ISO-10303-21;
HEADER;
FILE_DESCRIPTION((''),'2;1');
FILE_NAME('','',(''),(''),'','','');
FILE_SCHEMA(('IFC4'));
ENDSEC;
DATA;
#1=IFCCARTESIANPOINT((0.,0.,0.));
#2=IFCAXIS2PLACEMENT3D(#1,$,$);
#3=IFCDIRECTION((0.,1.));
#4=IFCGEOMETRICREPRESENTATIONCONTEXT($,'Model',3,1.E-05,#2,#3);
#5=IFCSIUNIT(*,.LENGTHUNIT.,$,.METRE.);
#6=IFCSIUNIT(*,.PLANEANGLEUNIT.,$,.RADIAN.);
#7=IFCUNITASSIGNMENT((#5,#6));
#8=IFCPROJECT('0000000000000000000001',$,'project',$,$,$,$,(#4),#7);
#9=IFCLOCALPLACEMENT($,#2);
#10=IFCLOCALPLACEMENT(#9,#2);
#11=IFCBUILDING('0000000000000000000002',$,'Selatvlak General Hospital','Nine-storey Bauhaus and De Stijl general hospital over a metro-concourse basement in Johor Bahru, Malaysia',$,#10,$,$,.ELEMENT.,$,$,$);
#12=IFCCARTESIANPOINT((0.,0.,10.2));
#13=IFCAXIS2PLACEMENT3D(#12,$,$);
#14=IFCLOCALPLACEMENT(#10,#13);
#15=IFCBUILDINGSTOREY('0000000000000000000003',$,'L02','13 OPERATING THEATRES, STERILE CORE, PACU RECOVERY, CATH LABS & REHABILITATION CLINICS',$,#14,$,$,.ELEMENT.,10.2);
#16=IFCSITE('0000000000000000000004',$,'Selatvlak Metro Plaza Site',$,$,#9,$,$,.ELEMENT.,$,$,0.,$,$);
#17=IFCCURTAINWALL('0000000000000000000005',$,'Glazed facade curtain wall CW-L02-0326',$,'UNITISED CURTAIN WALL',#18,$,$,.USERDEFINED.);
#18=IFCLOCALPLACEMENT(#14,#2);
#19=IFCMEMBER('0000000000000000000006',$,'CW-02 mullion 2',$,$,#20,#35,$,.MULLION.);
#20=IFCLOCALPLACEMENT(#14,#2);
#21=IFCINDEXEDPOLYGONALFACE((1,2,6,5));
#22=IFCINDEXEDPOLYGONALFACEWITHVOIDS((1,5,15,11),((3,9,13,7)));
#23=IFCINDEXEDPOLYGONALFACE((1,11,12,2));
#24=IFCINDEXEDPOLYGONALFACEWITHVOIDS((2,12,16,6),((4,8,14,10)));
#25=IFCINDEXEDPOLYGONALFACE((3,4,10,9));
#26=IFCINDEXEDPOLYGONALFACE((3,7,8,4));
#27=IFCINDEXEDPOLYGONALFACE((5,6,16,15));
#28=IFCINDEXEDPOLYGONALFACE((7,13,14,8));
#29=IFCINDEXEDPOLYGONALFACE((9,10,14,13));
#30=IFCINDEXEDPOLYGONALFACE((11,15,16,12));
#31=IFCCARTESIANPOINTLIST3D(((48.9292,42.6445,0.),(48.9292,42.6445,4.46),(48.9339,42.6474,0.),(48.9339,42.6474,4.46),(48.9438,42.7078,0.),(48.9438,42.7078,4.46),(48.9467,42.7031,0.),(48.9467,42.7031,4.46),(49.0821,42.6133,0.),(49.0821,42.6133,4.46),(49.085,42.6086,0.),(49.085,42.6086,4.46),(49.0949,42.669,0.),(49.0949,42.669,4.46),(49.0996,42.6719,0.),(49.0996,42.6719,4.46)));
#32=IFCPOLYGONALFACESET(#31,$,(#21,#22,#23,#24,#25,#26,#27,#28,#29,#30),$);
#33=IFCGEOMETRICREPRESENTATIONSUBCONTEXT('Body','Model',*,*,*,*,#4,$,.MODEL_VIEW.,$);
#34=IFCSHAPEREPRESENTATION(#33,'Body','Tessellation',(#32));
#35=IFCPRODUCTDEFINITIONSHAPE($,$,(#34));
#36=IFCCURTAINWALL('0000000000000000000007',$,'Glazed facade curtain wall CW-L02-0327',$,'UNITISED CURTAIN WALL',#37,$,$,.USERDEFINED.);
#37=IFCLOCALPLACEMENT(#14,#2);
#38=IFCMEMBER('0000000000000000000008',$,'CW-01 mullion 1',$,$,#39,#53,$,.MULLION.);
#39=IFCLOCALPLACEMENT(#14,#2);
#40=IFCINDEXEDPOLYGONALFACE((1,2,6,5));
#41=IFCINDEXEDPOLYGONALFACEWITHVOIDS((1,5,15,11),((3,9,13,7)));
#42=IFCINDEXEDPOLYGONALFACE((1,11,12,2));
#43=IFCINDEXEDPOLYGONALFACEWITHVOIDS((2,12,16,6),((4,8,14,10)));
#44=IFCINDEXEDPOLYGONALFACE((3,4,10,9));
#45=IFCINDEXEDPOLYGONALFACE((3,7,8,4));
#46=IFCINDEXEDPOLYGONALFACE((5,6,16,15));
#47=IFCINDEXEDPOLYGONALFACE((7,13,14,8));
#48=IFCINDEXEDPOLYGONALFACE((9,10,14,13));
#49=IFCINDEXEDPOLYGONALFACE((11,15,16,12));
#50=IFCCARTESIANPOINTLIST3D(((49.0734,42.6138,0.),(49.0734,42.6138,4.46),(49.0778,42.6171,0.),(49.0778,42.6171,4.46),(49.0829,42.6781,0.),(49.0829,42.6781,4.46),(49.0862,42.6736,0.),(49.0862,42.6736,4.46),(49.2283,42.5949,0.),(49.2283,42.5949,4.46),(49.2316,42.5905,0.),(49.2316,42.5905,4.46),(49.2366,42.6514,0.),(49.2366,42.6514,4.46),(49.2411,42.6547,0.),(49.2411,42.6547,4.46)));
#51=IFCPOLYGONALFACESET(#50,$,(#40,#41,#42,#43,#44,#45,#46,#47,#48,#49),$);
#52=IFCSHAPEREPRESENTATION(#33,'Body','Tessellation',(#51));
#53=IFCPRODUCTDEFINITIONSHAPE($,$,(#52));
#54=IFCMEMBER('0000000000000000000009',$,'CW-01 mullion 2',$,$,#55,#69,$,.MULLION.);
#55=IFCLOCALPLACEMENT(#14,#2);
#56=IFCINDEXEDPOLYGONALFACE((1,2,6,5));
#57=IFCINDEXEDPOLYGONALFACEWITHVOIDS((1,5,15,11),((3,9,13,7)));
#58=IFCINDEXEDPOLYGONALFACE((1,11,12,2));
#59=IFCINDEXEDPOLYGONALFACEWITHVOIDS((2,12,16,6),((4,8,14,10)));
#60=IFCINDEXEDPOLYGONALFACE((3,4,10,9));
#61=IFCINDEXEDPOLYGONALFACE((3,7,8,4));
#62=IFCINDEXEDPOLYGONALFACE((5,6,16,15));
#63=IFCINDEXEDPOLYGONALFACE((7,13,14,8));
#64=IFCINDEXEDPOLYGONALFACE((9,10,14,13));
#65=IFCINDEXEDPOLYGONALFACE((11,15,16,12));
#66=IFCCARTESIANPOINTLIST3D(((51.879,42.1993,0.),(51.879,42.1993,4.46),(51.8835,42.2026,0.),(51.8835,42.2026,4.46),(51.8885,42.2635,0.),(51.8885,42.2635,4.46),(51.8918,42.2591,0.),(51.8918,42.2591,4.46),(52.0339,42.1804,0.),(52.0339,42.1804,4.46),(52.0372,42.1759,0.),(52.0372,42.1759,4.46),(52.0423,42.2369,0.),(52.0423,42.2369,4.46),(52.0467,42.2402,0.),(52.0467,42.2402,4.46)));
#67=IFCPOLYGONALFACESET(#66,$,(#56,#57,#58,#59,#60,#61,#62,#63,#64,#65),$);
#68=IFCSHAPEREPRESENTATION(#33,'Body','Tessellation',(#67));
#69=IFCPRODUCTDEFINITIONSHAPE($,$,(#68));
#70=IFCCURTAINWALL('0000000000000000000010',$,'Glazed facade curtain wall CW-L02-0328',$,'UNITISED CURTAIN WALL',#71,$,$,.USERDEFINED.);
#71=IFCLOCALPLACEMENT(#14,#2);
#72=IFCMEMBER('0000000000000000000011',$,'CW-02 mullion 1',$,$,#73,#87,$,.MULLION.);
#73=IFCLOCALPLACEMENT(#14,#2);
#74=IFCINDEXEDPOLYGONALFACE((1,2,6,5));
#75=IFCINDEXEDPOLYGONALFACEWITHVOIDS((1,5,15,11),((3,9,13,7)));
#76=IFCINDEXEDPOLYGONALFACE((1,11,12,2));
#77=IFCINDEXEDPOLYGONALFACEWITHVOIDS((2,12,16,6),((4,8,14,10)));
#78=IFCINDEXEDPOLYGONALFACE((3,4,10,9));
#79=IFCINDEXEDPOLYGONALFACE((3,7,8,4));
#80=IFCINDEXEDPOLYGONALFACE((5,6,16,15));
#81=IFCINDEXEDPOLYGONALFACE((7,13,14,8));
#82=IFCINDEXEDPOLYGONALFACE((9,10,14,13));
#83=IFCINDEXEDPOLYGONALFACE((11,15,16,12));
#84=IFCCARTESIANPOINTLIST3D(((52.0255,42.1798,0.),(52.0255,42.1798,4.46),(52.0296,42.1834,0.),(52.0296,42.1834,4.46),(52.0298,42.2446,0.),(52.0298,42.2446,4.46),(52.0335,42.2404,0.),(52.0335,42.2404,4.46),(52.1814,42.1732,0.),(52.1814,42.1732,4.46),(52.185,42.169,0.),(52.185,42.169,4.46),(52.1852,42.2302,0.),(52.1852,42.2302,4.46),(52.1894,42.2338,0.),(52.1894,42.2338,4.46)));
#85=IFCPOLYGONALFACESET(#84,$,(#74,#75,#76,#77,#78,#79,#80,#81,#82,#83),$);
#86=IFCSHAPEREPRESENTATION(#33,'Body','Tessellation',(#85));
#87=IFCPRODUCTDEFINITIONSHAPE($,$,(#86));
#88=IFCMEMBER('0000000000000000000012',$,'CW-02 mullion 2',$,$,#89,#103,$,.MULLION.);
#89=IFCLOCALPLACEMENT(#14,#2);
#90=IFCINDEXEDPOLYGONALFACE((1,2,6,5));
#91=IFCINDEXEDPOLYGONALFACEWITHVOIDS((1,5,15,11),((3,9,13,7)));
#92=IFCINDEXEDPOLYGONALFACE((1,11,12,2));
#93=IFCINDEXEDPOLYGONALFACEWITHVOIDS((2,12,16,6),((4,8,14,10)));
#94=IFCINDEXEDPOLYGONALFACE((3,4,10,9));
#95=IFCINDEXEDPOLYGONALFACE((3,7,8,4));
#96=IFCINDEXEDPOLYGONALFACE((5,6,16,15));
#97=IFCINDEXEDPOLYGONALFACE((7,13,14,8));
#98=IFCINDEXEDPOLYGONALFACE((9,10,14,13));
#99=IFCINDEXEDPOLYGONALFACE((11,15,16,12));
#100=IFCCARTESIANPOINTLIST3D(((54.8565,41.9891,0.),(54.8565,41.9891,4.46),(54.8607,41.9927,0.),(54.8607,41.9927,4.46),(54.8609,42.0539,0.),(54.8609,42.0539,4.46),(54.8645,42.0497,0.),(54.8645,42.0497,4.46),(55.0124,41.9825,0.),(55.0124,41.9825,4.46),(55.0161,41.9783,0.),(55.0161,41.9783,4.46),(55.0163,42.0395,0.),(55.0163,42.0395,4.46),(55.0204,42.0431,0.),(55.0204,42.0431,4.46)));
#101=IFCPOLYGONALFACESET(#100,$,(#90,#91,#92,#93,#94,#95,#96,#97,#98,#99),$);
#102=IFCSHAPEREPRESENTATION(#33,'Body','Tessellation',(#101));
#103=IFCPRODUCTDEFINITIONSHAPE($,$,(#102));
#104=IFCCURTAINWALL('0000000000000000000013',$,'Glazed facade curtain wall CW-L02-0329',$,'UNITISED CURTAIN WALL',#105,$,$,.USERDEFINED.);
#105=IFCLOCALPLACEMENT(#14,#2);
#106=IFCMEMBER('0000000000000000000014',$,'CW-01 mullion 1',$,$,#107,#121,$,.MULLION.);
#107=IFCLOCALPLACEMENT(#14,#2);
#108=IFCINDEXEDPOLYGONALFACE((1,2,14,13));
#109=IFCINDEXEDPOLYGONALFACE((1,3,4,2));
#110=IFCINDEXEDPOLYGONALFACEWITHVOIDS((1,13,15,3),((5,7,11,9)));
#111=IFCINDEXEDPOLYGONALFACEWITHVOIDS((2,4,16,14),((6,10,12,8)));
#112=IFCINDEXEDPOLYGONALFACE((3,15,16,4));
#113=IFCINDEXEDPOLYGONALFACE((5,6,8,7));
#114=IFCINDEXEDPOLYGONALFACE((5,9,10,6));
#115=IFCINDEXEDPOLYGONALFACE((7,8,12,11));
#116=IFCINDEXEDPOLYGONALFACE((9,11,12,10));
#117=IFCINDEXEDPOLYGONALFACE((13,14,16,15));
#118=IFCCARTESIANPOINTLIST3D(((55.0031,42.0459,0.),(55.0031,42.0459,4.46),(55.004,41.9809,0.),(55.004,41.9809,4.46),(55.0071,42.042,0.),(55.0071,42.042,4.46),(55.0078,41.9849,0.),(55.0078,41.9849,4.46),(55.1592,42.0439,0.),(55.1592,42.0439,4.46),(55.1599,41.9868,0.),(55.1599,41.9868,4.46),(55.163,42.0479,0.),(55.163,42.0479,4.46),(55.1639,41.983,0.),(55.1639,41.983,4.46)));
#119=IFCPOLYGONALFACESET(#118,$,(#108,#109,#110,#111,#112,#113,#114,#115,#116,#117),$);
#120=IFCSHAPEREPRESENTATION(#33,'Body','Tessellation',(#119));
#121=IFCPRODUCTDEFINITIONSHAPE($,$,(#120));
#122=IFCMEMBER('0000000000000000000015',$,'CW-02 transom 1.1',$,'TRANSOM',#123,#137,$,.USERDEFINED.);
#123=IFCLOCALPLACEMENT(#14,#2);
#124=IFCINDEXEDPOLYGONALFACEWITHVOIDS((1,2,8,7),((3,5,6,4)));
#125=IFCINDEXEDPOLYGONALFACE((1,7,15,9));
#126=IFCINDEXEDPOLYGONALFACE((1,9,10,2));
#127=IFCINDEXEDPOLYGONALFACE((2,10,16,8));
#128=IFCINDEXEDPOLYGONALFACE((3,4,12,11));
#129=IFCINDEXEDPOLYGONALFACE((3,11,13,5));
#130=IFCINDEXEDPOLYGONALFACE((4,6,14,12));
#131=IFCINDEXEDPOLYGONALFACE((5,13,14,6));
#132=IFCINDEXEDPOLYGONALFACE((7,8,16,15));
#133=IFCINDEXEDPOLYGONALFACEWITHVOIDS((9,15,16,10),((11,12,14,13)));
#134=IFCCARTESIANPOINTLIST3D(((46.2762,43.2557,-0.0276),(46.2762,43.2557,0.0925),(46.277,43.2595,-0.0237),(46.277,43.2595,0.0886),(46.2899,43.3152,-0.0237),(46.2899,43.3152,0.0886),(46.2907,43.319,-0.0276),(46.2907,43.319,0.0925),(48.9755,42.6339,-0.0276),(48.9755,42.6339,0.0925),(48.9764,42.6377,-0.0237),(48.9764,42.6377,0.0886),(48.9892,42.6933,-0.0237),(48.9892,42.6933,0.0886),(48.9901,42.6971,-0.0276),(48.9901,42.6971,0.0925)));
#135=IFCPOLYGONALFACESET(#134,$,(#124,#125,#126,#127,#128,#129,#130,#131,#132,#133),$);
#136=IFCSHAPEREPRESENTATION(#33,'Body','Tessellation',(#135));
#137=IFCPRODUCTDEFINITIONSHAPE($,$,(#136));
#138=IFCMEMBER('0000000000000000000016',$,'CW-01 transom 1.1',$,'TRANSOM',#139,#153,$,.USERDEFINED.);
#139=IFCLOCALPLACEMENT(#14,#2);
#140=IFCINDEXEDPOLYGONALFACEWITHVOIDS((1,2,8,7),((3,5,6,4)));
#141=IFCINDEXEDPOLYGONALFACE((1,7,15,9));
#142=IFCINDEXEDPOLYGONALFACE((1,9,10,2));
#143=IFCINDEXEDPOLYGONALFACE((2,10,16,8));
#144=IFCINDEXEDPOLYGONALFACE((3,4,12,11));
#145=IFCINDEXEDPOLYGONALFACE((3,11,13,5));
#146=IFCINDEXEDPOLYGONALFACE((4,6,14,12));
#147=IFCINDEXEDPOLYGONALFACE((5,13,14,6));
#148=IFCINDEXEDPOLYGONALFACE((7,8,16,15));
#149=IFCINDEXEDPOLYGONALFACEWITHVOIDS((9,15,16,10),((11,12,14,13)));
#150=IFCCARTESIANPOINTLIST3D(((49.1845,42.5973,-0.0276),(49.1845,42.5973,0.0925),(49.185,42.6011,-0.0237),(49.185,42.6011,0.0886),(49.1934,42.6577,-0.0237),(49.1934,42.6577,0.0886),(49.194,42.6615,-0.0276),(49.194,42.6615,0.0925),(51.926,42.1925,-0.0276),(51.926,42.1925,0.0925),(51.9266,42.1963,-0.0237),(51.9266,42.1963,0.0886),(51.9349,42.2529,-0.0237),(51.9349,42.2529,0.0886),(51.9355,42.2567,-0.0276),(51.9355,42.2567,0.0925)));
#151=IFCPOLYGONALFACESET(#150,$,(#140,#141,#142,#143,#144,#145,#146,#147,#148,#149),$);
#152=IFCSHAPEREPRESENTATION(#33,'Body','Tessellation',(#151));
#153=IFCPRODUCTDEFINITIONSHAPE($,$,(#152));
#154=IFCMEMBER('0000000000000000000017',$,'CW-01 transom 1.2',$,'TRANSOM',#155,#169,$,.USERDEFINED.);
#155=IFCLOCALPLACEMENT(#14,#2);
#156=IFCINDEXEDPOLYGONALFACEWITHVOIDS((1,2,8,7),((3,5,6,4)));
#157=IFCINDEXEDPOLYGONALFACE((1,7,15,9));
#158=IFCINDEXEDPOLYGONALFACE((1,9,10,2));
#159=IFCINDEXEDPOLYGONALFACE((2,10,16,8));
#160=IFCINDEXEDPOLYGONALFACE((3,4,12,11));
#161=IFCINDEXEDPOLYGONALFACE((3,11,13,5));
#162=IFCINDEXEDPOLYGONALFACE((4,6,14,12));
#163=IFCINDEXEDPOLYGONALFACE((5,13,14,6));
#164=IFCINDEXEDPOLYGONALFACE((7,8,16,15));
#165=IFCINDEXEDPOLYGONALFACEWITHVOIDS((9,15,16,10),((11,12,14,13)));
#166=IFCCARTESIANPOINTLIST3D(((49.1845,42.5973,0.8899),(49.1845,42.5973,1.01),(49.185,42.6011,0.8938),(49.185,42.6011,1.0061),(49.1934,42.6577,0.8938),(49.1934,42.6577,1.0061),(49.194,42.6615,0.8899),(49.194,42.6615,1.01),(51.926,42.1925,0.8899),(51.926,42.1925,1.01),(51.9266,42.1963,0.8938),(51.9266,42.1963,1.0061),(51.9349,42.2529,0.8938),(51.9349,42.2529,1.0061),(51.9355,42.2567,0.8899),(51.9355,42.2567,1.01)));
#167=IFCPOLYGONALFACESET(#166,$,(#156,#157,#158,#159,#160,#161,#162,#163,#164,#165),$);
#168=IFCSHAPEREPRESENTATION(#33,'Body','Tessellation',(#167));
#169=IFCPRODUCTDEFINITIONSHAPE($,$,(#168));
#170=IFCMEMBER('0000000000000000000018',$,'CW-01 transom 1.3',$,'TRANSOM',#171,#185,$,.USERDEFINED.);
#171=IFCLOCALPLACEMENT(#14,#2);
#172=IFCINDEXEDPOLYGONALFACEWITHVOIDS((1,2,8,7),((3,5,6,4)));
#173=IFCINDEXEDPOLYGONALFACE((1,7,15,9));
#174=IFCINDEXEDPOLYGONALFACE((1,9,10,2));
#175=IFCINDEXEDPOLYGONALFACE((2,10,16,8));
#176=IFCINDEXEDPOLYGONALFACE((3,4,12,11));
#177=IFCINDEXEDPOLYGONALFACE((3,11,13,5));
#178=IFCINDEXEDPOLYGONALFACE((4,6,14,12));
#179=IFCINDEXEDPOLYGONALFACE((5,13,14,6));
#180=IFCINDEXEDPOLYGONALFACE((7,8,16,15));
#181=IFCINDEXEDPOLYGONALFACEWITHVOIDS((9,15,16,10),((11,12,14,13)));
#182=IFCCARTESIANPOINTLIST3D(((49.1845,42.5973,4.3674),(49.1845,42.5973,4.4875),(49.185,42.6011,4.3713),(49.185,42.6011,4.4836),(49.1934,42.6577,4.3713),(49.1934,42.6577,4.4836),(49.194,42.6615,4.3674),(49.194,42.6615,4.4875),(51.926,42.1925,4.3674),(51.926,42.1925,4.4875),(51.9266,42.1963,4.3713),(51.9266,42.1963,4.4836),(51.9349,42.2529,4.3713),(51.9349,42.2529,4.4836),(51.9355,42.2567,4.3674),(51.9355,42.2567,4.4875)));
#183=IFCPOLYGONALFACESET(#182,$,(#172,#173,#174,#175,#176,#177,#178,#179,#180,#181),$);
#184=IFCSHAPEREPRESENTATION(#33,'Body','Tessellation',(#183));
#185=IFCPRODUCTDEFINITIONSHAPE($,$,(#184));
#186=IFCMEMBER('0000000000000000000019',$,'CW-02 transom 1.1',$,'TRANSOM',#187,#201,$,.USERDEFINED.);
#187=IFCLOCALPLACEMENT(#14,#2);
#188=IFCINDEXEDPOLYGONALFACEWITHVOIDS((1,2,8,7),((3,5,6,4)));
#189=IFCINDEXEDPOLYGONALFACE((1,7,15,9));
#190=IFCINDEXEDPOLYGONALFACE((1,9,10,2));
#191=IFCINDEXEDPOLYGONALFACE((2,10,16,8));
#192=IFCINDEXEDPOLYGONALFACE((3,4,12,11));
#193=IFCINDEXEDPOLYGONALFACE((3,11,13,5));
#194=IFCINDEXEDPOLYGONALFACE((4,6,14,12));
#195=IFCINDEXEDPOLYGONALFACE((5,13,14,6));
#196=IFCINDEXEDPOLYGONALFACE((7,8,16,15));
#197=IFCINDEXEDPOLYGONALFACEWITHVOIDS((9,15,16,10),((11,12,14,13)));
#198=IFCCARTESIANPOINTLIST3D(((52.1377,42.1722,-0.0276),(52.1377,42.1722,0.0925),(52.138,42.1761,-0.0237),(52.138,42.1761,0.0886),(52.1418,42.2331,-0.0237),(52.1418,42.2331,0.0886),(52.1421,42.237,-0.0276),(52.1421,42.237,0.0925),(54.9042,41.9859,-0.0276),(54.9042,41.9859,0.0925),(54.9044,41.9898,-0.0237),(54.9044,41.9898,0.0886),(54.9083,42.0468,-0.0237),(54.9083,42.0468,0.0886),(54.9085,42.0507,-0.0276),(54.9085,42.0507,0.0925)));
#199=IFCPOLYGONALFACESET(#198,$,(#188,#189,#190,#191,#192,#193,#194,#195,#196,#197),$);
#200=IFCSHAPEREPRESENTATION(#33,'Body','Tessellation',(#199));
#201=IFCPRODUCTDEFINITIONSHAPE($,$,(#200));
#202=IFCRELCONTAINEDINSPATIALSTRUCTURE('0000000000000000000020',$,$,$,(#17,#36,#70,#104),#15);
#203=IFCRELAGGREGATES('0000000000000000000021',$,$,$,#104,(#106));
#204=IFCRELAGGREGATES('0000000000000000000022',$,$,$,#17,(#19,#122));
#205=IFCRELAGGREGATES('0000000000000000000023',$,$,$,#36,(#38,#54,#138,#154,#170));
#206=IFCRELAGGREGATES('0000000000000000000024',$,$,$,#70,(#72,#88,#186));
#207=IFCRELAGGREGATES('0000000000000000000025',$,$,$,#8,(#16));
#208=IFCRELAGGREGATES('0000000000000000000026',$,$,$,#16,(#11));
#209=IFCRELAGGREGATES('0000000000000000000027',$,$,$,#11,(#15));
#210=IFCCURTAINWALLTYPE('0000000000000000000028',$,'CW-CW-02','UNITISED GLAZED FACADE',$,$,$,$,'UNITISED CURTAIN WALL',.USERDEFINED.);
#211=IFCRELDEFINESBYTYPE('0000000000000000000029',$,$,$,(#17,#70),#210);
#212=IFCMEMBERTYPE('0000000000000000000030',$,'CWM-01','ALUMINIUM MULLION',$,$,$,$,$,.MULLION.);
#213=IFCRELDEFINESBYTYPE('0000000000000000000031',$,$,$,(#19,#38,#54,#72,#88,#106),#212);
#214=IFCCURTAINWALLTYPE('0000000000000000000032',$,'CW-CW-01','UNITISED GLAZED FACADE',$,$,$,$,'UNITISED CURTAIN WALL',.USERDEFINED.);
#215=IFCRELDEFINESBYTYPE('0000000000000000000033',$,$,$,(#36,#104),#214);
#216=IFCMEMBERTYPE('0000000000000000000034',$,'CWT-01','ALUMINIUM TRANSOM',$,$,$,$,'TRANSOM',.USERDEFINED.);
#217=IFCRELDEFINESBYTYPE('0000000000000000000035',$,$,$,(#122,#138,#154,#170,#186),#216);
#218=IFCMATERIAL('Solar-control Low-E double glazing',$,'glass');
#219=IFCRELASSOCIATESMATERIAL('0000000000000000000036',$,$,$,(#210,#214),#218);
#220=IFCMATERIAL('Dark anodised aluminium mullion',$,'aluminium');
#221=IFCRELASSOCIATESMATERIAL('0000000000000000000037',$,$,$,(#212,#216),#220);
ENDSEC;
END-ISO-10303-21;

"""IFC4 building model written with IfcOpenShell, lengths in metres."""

from ifc_helpers import new_model, si_unit, direction, frame, origin, origin_2d, place, context, subcontext, project, spatial, hollow_rectangle, extrude, material, material_profile, profile_set, type_object, element, aggregate, save


model = new_model("IFC4")

# Units and contexts
model_context = context("Model", 3, precision=1e-05, world=origin(), true_north=direction((0.0, 1.0)))
body_context = subcontext(model_context, "Body", "Model", "MODEL_VIEW")
ifc_project = project(units=[si_unit("LENGTHUNIT", "METRE"), si_unit("PLANEANGLEUNIT", "RADIAN")], contexts=[model_context])

# Site, building, storey
site_placement = place(None, origin())
site = spatial("IfcSite", under=ifc_project, at=site_placement, Name="Selatvlak Metro Plaza Site", CompositionType="ELEMENT", RefElevation=0.0)
building_placement = place(site_placement, origin())
building = spatial("IfcBuilding", under=site, at=building_placement, Name="Selatvlak General Hospital", Description="Nine-storey Bauhaus and De Stijl general hospital over a metro-concourse basement in Johor Bahru, Malaysia", CompositionType="ELEMENT")
storey_placement = place(building_placement, frame((0.0, 0.0, 10.2)))
storey = spatial("IfcBuildingStorey", under=building, at=storey_placement, Name="L02", Description="13 OPERATING THEATRES, STERILE CORE, PACU RECOVERY, CATH LABS & REHABILITATION CLINICS", CompositionType="ELEMENT", Elevation=10.2)

# Curtain wall, member
ifc_material_1 = material(Name="Solar-control Low-E double glazing", Category="glass")
curtain_wall_type_1 = type_object("IfcCurtainWallType", Name="CW-CW-02", Description="UNITISED GLAZED FACADE", ElementType="UNITISED CURTAIN WALL", PredefinedType="USERDEFINED", material=ifc_material_1)
curtain_wall_1_placement = place(storey_placement, origin())
curtain_wall_1 = element("IfcCurtainWall", 1, at=curtain_wall_1_placement, inside=storey, type_object=curtain_wall_type_1, Name="Glazed facade curtain wall CW-L02-0326", ObjectType="UNITISED CURTAIN WALL", PredefinedType="USERDEFINED")
ifc_material_2 = material(Name="Dark anodised aluminium mullion", Category="aluminium")
ifc_material_profile_1 = material_profile(ifc_material_2, hollow_rectangle(XDim=0.0649, YDim=0.1599, WallThickness=0.0039, at=origin_2d()), Name="AL-MUL 65x160x4")
ifc_profile_set_1 = profile_set([ifc_material_profile_1], Name="Dark anodised aluminium mullion")
member_type_1 = type_object("IfcMemberType", Name="CWM-01", Description="ALUMINIUM MULLION", PredefinedType="MULLION", material=ifc_profile_set_1)
member_1_placement = place(storey_placement, frame((49.0144, 42.6582, 0.0), z_axis=(0.0, 0.0, 1.0), x_axis=(0.224482, 0.974478, 0.0)))
member_1 = element("IfcMember", 2, at=member_1_placement, type_object=member_type_1, Name="CW-02 mullion 2", PredefinedType="MULLION", context=body_context, shape_type="SweptSolid", body=[
    extrude(hollow_rectangle(XDim=0.0649, YDim=0.1599, WallThickness=0.0039, at=origin_2d()), origin(), (0.0, 0.0, 1.0), 4.46),
])

# Curtain walls, members
curtain_wall_type_2 = type_object("IfcCurtainWallType", Name="CW-CW-01", Description="UNITISED GLAZED FACADE", ElementType="UNITISED CURTAIN WALL", PredefinedType="USERDEFINED", material=ifc_material_1)
curtain_wall_2_placement = place(storey_placement, origin())
curtain_wall_2 = element("IfcCurtainWall", 3, at=curtain_wall_2_placement, inside=storey, type_object=curtain_wall_type_2, Name="Glazed facade curtain wall CW-L02-0327", ObjectType="UNITISED CURTAIN WALL", PredefinedType="USERDEFINED")
member_2_placement = place(storey_placement, frame((49.1572, 42.6343, 0.0), z_axis=(0.0, 0.0, 1.0), x_axis=(0.146149, 0.989263, 0.0)))
member_2 = element("IfcMember", 4, at=member_2_placement, type_object=member_type_1, Name="CW-01 mullion 1", PredefinedType="MULLION", context=body_context, shape_type="SweptSolid", body=[
    extrude(hollow_rectangle(XDim=0.0649, YDim=0.1599, WallThickness=0.0039, at=origin_2d()), origin(), (0.0, 0.0, 1.0), 4.46),
])
member_3_placement = place(storey_placement, frame((51.9629, 42.2197, 0.0), z_axis=(0.0, 0.0, 1.0), x_axis=(0.146149, 0.989263, 0.0)))
member_3 = element("IfcMember", 5, at=member_3_placement, type_object=member_type_1, Name="CW-01 mullion 2", PredefinedType="MULLION", context=body_context, shape_type="SweptSolid", body=[
    extrude(hollow_rectangle(XDim=0.0649, YDim=0.1599, WallThickness=0.0039, at=origin_2d()), origin(), (0.0, 0.0, 1.0), 4.46),
])
curtain_wall_3_placement = place(storey_placement, origin())
curtain_wall_3 = element("IfcCurtainWall", 6, at=curtain_wall_3_placement, inside=storey, type_object=curtain_wall_type_1, Name="Glazed facade curtain wall CW-L02-0328", ObjectType="UNITISED CURTAIN WALL", PredefinedType="USERDEFINED")
member_4_placement = place(storey_placement, frame((52.1074, 42.2068, 0.0), z_axis=(0.0, 0.0, 1.0), x_axis=(0.067182, 0.997741, 0.0)))
member_4 = element("IfcMember", 7, at=member_4_placement, type_object=member_type_1, Name="CW-02 mullion 1", PredefinedType="MULLION", context=body_context, shape_type="SweptSolid", body=[
    extrude(hollow_rectangle(XDim=0.0649, YDim=0.1599, WallThickness=0.0039, at=origin_2d()), origin(), (0.0, 0.0, 1.0), 4.46),
])
member_5_placement = place(storey_placement, frame((54.9385, 42.0161, 0.0), z_axis=(0.0, 0.0, 1.0), x_axis=(0.067182, 0.997741, 0.0)))
member_5 = element("IfcMember", 8, at=member_5_placement, type_object=member_type_1, Name="CW-02 mullion 2", PredefinedType="MULLION", context=body_context, shape_type="SweptSolid", body=[
    extrude(hollow_rectangle(XDim=0.0649, YDim=0.1599, WallThickness=0.0039, at=origin_2d()), origin(), (0.0, 0.0, 1.0), 4.46),
])

# Curtain wall, member
curtain_wall_4_placement = place(storey_placement, origin())
curtain_wall_4 = element("IfcCurtainWall", 9, at=curtain_wall_4_placement, inside=storey, type_object=curtain_wall_type_2, Name="Glazed facade curtain wall CW-L02-0329", ObjectType="UNITISED CURTAIN WALL", PredefinedType="USERDEFINED")
member_6_placement = place(storey_placement, frame((55.0835, 42.0144, 0.0), z_axis=(0.0, 0.0, 1.0), x_axis=(-0.012762, 0.999919, 0.0)))
member_6 = element("IfcMember", 10, at=member_6_placement, type_object=member_type_1, Name="CW-01 mullion 1", PredefinedType="MULLION", context=body_context, shape_type="SweptSolid", body=[
    extrude(hollow_rectangle(XDim=0.0649, YDim=0.1599, WallThickness=0.0039, at=origin_2d()), origin(), (0.0, 0.0, 1.0), 4.46),
])

# Members
ifc_material_profile_2 = material_profile(ifc_material_2, hollow_rectangle(XDim=0.0649, YDim=0.1201, WallThickness=0.0039, at=origin_2d()), Name="AL-TRN 65x120x4")
ifc_profile_set_2 = profile_set([ifc_material_profile_2], Name="Dark anodised aluminium mullion")
member_type_2 = type_object("IfcMemberType", Name="CWT-01", Description="ALUMINIUM TRANSOM", ElementType="TRANSOM", PredefinedType="USERDEFINED", material=ifc_profile_set_2)
member_7_placement = place(storey_placement, frame((46.2834, 43.2874, 0.0325), z_axis=(0.974476, -0.224493, 0.0), x_axis=(0.224493, 0.974476, 0.0)))
member_7 = element("IfcMember", 11, at=member_7_placement, type_object=member_type_2, Name="CW-02 transom 1.1", ObjectType="TRANSOM", PredefinedType="USERDEFINED", context=body_context, shape_type="SweptSolid", body=[
    extrude(hollow_rectangle(XDim=0.0649, YDim=0.1201, WallThickness=0.0039, at=origin_2d()), origin(), (0.0, 0.0, 1.0), 2.77),
])
member_8_placement = place(storey_placement, frame((49.1892, 42.6294, 0.0325), z_axis=(0.989274, -0.14607, 0.0), x_axis=(0.14607, 0.989274, 0.0)))
member_8 = element("IfcMember", 12, at=member_8_placement, type_object=member_type_2, Name="CW-01 transom 1.1", ObjectType="TRANSOM", PredefinedType="USERDEFINED", context=body_context, shape_type="SweptSolid", body=[
    extrude(hollow_rectangle(XDim=0.0649, YDim=0.1201, WallThickness=0.0039, at=origin_2d()), origin(), (0.0, 0.0, 1.0), 2.7712),
])
member_9_placement = place(storey_placement, frame((49.1892, 42.6294, 0.95), z_axis=(0.989274, -0.14607, 0.0), x_axis=(0.14607, 0.989274, 0.0)))
member_9 = element("IfcMember", 13, at=member_9_placement, type_object=member_type_2, Name="CW-01 transom 1.2", ObjectType="TRANSOM", PredefinedType="USERDEFINED", context=body_context, shape_type="SweptSolid", body=[
    extrude(hollow_rectangle(XDim=0.0649, YDim=0.1201, WallThickness=0.0039, at=origin_2d()), origin(), (0.0, 0.0, 1.0), 2.7712),
])
member_10_placement = place(storey_placement, frame((49.1892, 42.6294, 4.4275), z_axis=(0.989274, -0.14607, 0.0), x_axis=(0.14607, 0.989274, 0.0)))
member_10 = element("IfcMember", 14, at=member_10_placement, type_object=member_type_2, Name="CW-01 transom 1.3", ObjectType="TRANSOM", PredefinedType="USERDEFINED", context=body_context, shape_type="SweptSolid", body=[
    extrude(hollow_rectangle(XDim=0.0649, YDim=0.1201, WallThickness=0.0039, at=origin_2d()), origin(), (0.0, 0.0, 1.0), 2.7712),
])
member_11_placement = place(storey_placement, frame((52.1399, 42.2046, 0.0325), z_axis=(0.997741, -0.067185, 0.0), x_axis=(0.067185, 0.997741, 0.0)))
member_11 = element("IfcMember", 15, at=member_11_placement, type_object=member_type_2, Name="CW-02 transom 1.1", ObjectType="TRANSOM", PredefinedType="USERDEFINED", context=body_context, shape_type="SweptSolid", body=[
    extrude(hollow_rectangle(XDim=0.0649, YDim=0.1201, WallThickness=0.0039, at=origin_2d()), origin(), (0.0, 0.0, 1.0), 2.7727),
])
aggregate(curtain_wall_4, [member_6])

aggregate(curtain_wall_1, [member_1, member_7])
aggregate(curtain_wall_2, [member_2, member_3, member_8, member_9, member_10])
aggregate(curtain_wall_3, [member_4, member_5, member_11])

save(model, "model.ifc")
